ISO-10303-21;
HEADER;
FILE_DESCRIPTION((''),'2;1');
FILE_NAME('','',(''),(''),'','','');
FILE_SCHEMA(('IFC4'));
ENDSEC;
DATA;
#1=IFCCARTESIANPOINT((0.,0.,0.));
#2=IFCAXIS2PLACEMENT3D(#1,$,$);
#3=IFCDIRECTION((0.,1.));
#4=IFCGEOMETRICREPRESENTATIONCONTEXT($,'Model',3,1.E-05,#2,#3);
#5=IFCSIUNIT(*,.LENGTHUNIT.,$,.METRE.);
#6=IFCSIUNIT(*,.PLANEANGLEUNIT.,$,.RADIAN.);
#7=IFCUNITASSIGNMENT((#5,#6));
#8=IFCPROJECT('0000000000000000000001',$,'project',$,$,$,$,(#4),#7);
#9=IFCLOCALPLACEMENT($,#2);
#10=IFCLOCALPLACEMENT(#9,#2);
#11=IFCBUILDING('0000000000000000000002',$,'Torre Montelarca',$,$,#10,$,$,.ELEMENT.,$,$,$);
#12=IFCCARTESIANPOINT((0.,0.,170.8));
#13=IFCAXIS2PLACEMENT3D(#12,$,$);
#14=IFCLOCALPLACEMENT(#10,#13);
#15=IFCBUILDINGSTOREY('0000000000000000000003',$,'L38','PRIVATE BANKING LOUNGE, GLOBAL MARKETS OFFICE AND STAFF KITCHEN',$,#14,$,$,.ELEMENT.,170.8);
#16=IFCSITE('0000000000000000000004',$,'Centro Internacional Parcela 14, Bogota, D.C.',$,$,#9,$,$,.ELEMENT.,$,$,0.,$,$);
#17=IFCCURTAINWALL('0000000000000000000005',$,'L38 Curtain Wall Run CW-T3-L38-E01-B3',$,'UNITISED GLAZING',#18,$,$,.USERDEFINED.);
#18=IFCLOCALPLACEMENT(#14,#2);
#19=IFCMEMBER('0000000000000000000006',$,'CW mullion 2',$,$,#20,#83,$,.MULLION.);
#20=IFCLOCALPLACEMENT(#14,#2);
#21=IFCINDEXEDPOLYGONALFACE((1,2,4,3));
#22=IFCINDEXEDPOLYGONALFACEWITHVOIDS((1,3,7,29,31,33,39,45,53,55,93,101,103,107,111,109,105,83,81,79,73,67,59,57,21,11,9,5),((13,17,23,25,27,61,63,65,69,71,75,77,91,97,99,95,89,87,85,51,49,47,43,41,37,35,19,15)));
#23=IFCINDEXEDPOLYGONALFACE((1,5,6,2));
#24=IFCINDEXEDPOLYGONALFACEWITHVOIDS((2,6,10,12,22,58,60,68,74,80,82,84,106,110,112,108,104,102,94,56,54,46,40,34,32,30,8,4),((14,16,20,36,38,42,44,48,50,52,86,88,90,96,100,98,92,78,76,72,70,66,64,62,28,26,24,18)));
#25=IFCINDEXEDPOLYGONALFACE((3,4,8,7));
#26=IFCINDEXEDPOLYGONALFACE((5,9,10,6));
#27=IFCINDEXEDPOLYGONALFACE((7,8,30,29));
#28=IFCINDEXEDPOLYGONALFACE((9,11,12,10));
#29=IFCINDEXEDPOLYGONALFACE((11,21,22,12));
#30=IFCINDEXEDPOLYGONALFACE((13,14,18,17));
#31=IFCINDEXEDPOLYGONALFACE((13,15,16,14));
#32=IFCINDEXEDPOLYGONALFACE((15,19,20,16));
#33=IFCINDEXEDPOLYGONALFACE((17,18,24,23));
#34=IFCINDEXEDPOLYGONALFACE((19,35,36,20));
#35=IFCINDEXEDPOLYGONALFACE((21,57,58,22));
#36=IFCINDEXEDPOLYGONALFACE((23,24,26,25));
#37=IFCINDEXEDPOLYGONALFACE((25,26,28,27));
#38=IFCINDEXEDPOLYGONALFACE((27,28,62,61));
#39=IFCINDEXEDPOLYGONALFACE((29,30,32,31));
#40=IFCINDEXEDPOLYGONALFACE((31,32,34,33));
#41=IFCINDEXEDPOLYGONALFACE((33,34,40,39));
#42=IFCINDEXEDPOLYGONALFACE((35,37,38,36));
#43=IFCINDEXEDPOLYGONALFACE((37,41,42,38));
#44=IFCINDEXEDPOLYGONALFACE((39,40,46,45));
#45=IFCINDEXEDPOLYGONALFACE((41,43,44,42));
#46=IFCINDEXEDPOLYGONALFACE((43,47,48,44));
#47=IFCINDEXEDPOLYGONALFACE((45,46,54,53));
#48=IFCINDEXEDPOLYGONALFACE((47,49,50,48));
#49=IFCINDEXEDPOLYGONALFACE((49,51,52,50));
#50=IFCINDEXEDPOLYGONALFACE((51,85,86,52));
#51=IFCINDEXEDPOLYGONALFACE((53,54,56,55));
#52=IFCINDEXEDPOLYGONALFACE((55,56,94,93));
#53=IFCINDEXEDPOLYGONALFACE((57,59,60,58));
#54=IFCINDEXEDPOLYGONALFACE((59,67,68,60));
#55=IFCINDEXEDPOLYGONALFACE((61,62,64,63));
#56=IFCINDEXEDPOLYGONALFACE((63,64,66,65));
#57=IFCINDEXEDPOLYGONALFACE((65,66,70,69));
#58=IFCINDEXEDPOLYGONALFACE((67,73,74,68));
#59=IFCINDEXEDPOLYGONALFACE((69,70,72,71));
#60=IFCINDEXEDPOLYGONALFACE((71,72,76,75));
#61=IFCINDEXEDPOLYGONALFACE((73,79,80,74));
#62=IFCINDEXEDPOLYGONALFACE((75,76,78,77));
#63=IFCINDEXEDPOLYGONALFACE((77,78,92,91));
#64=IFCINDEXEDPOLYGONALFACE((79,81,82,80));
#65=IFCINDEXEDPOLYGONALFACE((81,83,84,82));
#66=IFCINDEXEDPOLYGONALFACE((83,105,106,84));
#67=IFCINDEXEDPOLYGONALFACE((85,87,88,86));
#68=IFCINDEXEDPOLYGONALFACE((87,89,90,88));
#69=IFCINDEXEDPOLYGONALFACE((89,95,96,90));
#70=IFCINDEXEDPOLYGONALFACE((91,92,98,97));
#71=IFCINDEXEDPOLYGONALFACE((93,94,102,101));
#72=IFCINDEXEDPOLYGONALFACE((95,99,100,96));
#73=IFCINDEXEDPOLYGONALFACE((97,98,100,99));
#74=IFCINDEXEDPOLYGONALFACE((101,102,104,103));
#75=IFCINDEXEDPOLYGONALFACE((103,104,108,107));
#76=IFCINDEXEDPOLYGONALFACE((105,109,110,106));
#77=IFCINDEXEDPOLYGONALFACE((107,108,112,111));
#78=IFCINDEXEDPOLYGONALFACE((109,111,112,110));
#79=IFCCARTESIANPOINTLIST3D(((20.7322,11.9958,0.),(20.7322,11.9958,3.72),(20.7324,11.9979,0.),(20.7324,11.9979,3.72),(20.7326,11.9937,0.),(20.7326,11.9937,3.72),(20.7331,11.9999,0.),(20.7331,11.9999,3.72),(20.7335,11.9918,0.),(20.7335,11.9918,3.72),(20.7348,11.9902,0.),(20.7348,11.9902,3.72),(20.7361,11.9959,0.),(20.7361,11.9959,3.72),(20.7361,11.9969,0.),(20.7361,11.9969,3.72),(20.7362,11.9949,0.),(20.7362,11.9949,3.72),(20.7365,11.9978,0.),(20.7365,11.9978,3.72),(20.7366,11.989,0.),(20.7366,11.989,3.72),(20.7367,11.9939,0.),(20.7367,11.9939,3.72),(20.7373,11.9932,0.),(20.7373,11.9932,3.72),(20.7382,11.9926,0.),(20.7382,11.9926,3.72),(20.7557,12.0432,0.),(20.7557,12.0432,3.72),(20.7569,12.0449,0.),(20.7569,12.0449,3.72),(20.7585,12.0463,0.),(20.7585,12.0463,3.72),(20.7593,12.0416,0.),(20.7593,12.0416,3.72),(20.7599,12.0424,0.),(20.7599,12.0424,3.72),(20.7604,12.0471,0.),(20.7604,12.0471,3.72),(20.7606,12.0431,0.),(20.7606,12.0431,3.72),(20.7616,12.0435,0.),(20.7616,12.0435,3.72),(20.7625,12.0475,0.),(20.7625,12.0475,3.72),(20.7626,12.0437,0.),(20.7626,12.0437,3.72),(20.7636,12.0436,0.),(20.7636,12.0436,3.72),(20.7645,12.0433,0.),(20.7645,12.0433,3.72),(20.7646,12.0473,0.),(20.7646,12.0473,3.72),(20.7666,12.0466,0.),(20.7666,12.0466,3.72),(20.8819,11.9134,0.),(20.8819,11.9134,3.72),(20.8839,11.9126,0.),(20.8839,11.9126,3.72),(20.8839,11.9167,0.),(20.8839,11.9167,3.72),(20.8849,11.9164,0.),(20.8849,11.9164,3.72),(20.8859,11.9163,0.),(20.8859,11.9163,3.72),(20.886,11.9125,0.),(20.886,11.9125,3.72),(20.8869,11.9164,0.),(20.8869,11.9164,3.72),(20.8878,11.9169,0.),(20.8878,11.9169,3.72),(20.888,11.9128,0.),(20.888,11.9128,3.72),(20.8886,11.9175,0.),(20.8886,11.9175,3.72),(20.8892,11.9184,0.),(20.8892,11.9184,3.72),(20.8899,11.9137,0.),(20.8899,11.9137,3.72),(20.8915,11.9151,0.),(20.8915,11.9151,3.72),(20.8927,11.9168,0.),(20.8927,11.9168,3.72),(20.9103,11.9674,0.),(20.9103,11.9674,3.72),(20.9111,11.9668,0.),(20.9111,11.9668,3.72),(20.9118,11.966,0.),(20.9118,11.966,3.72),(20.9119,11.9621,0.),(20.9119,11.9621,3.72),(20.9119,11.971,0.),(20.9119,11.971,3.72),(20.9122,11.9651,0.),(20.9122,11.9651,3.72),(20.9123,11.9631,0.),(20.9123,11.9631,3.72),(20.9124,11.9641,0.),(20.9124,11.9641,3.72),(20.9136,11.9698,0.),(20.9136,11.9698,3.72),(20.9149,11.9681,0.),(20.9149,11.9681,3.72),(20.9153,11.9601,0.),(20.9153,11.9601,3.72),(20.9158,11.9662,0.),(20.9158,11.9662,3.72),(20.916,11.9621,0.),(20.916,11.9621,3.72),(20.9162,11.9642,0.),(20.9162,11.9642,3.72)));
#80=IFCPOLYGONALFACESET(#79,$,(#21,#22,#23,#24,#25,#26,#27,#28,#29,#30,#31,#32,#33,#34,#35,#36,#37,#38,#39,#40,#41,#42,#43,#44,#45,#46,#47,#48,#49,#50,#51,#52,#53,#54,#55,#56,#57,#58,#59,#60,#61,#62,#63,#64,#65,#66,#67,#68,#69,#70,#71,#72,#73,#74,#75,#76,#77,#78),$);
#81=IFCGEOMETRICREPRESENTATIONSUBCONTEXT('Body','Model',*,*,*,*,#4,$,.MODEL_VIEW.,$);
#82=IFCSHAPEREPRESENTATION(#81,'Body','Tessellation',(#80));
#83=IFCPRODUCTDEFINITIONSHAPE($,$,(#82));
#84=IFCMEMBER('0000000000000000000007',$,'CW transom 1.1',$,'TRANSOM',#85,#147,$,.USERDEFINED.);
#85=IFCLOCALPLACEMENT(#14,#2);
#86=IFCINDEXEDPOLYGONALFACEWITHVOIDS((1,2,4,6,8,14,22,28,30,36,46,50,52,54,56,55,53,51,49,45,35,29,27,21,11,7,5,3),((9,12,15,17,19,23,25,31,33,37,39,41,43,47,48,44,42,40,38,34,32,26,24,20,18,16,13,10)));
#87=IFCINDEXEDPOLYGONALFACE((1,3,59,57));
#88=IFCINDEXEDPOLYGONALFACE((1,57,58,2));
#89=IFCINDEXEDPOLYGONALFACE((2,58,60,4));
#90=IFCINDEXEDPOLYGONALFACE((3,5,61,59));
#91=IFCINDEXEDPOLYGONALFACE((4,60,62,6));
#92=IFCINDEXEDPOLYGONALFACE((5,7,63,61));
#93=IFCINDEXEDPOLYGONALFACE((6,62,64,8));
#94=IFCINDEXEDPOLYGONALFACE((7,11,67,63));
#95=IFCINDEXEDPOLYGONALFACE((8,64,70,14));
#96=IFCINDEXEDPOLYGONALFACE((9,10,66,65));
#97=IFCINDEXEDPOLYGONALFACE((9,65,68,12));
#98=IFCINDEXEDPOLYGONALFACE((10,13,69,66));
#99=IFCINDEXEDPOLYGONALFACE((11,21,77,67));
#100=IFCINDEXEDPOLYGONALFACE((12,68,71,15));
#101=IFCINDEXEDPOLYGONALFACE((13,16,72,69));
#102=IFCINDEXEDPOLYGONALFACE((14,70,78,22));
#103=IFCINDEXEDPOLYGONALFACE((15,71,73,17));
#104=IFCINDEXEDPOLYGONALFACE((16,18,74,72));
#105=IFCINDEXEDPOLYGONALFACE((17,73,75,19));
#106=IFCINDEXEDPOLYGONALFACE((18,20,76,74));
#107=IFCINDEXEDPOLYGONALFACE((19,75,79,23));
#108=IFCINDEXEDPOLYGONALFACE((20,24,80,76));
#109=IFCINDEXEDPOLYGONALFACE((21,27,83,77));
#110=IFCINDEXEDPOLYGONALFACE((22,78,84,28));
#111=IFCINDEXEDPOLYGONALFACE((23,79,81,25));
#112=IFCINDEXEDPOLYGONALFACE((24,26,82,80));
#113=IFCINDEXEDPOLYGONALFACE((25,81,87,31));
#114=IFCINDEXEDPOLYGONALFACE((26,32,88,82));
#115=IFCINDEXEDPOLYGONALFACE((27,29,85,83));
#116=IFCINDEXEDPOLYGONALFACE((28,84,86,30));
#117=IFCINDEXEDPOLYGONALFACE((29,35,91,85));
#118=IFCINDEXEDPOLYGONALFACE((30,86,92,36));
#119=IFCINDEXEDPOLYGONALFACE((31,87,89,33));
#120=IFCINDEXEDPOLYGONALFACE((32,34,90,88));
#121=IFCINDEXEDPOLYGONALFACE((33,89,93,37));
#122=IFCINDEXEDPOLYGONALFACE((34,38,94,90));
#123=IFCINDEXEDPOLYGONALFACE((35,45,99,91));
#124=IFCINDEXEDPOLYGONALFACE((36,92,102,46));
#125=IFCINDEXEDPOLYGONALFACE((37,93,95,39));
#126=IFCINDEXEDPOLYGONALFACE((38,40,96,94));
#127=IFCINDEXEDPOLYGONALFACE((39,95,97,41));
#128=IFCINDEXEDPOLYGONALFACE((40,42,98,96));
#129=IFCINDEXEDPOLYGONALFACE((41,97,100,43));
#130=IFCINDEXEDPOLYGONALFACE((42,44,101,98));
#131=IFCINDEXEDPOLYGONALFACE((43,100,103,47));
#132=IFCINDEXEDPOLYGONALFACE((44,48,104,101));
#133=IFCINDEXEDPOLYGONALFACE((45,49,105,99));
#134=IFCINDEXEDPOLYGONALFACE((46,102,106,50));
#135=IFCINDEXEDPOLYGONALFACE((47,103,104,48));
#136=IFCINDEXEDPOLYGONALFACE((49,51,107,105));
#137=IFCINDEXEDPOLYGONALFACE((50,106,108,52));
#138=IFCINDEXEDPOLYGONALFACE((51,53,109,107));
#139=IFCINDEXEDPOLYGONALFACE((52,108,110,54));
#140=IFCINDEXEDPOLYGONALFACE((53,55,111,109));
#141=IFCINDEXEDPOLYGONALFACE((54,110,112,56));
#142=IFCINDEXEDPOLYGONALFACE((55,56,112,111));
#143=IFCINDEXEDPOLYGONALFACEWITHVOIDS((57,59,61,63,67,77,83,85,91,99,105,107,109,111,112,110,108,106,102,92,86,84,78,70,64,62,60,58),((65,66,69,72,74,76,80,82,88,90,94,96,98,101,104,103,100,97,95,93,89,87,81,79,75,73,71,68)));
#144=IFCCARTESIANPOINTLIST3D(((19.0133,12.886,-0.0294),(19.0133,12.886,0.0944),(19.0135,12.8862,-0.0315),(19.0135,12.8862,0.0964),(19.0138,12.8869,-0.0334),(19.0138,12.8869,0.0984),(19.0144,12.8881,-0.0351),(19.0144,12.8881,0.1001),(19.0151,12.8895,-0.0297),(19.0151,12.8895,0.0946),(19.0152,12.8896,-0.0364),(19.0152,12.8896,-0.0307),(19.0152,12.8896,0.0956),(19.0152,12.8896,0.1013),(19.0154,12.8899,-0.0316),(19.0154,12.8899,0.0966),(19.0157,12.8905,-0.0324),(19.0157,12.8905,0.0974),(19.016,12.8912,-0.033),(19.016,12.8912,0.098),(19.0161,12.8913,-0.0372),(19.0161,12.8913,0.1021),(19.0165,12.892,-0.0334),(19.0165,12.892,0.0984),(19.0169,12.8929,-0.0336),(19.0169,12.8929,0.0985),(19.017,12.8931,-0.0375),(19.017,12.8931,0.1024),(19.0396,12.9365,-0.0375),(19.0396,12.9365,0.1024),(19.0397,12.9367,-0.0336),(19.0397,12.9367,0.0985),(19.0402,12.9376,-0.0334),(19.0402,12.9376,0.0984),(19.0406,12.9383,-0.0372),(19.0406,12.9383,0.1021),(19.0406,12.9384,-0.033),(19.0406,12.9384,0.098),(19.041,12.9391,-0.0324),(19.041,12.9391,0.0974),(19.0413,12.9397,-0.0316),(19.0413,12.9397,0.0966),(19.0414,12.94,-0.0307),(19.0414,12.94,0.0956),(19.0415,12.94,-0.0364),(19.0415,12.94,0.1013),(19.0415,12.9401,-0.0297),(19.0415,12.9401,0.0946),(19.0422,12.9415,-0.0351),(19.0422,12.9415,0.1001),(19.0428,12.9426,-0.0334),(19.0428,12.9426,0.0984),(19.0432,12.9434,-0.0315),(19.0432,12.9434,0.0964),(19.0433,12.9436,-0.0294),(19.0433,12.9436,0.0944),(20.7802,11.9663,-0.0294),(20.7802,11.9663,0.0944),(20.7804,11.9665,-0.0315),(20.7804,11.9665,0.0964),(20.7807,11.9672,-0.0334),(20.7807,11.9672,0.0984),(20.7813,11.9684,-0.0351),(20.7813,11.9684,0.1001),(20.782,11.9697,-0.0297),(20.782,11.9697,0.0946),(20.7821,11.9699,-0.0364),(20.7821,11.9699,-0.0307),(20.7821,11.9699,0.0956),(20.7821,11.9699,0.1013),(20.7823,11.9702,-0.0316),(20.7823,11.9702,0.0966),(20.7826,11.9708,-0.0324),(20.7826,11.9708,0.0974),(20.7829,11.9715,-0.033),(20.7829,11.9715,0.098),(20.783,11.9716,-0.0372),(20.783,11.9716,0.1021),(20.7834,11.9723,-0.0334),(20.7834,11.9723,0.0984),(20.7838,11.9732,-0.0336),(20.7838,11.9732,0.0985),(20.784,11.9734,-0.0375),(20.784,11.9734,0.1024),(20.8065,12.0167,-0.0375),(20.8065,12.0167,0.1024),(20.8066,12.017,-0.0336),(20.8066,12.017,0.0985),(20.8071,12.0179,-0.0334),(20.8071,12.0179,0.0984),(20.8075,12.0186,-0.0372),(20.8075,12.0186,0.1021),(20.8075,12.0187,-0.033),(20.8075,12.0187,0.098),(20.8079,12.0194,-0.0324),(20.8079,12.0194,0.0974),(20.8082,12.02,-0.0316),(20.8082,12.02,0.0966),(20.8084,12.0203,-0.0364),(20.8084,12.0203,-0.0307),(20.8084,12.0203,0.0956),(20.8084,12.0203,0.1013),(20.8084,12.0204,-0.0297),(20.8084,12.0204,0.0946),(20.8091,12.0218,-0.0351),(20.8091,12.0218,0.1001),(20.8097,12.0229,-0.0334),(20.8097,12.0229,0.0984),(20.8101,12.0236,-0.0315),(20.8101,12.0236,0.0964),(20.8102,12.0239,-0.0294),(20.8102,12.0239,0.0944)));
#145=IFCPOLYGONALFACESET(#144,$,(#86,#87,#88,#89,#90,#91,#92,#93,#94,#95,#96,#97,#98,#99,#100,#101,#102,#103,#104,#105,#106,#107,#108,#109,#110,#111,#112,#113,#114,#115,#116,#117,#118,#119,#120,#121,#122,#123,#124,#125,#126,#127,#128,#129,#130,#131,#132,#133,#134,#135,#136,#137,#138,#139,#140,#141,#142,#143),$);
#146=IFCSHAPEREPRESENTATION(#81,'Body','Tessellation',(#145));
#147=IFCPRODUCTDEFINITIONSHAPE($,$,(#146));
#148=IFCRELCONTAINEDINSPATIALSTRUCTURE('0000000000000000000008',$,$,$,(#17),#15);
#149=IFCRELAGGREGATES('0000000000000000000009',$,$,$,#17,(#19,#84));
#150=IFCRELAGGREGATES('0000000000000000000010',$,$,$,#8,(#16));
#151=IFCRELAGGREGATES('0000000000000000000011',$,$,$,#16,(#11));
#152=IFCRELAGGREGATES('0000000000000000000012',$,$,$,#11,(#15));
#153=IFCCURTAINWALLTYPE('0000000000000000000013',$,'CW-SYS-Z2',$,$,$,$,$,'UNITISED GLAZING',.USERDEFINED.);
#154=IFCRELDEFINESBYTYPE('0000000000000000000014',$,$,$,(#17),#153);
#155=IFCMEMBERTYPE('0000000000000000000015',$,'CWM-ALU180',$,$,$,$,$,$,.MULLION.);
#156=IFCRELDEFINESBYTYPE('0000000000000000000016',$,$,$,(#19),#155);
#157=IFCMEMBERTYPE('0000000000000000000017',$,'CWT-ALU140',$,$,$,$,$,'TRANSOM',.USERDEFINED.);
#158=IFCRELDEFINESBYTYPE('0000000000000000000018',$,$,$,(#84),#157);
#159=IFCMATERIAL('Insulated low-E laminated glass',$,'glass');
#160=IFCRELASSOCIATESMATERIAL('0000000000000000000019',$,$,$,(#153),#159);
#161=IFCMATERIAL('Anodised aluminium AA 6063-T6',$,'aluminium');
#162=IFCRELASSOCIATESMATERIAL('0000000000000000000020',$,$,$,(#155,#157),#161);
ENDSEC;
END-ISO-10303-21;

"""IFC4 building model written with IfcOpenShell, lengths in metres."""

from ifc_helpers import new_model, si_unit, direction, frame, origin, origin_2d, place, context, subcontext, project, spatial, hollow_rectangle, extrude, source, transform, mapped, material, material_profile, profile_set, type_object, element, aggregate, save


model = new_model("IFC4")

# Units and contexts
model_context = context("Model", 3, precision=1e-05, world=origin(), true_north=direction((0.0, 1.0)))
body_context = subcontext(model_context, "Body", "Model", "MODEL_VIEW")
ifc_project = project(units=[si_unit("LENGTHUNIT", "METRE"), si_unit("PLANEANGLEUNIT", "RADIAN")], contexts=[model_context])

# Site, building, storey
site_placement = place(None, origin())
site = spatial("IfcSite", under=ifc_project, at=site_placement, Name="Centro Internacional Parcela 14, Bogota, D.C.", CompositionType="ELEMENT", RefElevation=0.0)
building_placement = place(site_placement, origin())
building = spatial("IfcBuilding", under=site, at=building_placement, Name="Torre Montelarca", CompositionType="ELEMENT")
storey_placement = place(building_placement, frame((0.0, 0.0, 170.8)))
storey = spatial("IfcBuildingStorey", under=building, at=storey_placement, Name="L38", Description="PRIVATE BANKING LOUNGE, GLOBAL MARKETS OFFICE AND STAFF KITCHEN", CompositionType="ELEMENT", Elevation=170.8)

# Curtain wall, members
ifc_material_1 = material(Name="Insulated low-E laminated glass", Category="glass")
curtain_wall_type = type_object("IfcCurtainWallType", Name="CW-SYS-Z2", ElementType="UNITISED GLAZING", PredefinedType="USERDEFINED", material=ifc_material_1)
ifc_material_2 = material(Name="Anodised aluminium AA 6063-T6", Category="aluminium")
ifc_material_profile_1 = material_profile(ifc_material_2, hollow_rectangle(XDim=0.0649, YDim=0.1799, WallThickness=0.0039, InnerFilletRadius=0.0039, OuterFilletRadius=0.0081, at=origin_2d()), Name="ALU65X180X4", Category="aluminium")
ifc_profile_set_1 = profile_set([ifc_material_profile_1], Name="Anodised aluminium AA 6063-T6")
member_type_1 = type_object("IfcMemberType", Name="CWM-ALU180", PredefinedType="MULLION", material=ifc_profile_set_1)
shared_shape_1 = source(origin(), body_context, "Body", "SweptSolid", [
    extrude(hollow_rectangle(XDim=0.0649, YDim=0.1799, WallThickness=0.0039, InnerFilletRadius=0.0039, OuterFilletRadius=0.0081, at=origin_2d()), origin(), (0.0, 0.0, 1.0), 3.72),
])
curtain_wall_1_placement = place(storey_placement, origin())
curtain_wall_1 = element("IfcCurtainWall", 1, at=curtain_wall_1_placement, inside=storey, type_object=curtain_wall_type, Name="L38 Curtain Wall Run CW-T3-L38-E01-B3", ObjectType="UNITISED GLAZING", PredefinedType="USERDEFINED")
member_1_placement = place(storey_placement, frame((20.8242, 11.98, 0.0), z_axis=(0.0, 0.0, 1.0), x_axis=(0.461741, 0.887015, 0.0)))
member_1 = element("IfcMember", 2, at=member_1_placement, type_object=member_type_1, Name="CW mullion 2", PredefinedType="MULLION", context=body_context, shape_type="MappedRepresentation", body=[
    mapped(shared_shape_1, transform((0.0, 0.0, 0.0), scale=1.0)),
])
ifc_material_profile_2 = material_profile(ifc_material_2, hollow_rectangle(XDim=0.0649, YDim=0.1399, WallThickness=0.0039, InnerFilletRadius=0.0039, OuterFilletRadius=0.0081, at=origin_2d()), Name="ALU65X140X4", Category="aluminium")
ifc_profile_set_2 = profile_set([ifc_material_profile_2], Name="Anodised aluminium AA 6063-T6")
member_type_2 = type_object("IfcMemberType", Name="CWT-ALU140", ElementType="TRANSOM", PredefinedType="USERDEFINED", material=ifc_profile_set_2)
shared_shape_2 = source(origin(), body_context, "Body", "SweptSolid", [
    extrude(hollow_rectangle(XDim=0.0649, YDim=0.1399, WallThickness=0.0039, InnerFilletRadius=0.0039, OuterFilletRadius=0.0081, at=origin_2d()), origin(), (0.0, 0.0, 1.0), 1.9919),
])
member_2_placement = place(storey_placement, frame((19.0283, 12.9148, 0.0325), z_axis=(0.887028, -0.461715, 0.0), x_axis=(0.461715, 0.887028, 0.0)))
member_2 = element("IfcMember", 3, at=member_2_placement, type_object=member_type_2, Name="CW transom 1.1", ObjectType="TRANSOM", PredefinedType="USERDEFINED", context=body_context, shape_type="MappedRepresentation", body=[
    mapped(shared_shape_2, transform((0.0, 0.0, 0.0), scale=1.0)),
])

aggregate(curtain_wall_1, [member_1, member_2])

save(model, "model.ifc")
